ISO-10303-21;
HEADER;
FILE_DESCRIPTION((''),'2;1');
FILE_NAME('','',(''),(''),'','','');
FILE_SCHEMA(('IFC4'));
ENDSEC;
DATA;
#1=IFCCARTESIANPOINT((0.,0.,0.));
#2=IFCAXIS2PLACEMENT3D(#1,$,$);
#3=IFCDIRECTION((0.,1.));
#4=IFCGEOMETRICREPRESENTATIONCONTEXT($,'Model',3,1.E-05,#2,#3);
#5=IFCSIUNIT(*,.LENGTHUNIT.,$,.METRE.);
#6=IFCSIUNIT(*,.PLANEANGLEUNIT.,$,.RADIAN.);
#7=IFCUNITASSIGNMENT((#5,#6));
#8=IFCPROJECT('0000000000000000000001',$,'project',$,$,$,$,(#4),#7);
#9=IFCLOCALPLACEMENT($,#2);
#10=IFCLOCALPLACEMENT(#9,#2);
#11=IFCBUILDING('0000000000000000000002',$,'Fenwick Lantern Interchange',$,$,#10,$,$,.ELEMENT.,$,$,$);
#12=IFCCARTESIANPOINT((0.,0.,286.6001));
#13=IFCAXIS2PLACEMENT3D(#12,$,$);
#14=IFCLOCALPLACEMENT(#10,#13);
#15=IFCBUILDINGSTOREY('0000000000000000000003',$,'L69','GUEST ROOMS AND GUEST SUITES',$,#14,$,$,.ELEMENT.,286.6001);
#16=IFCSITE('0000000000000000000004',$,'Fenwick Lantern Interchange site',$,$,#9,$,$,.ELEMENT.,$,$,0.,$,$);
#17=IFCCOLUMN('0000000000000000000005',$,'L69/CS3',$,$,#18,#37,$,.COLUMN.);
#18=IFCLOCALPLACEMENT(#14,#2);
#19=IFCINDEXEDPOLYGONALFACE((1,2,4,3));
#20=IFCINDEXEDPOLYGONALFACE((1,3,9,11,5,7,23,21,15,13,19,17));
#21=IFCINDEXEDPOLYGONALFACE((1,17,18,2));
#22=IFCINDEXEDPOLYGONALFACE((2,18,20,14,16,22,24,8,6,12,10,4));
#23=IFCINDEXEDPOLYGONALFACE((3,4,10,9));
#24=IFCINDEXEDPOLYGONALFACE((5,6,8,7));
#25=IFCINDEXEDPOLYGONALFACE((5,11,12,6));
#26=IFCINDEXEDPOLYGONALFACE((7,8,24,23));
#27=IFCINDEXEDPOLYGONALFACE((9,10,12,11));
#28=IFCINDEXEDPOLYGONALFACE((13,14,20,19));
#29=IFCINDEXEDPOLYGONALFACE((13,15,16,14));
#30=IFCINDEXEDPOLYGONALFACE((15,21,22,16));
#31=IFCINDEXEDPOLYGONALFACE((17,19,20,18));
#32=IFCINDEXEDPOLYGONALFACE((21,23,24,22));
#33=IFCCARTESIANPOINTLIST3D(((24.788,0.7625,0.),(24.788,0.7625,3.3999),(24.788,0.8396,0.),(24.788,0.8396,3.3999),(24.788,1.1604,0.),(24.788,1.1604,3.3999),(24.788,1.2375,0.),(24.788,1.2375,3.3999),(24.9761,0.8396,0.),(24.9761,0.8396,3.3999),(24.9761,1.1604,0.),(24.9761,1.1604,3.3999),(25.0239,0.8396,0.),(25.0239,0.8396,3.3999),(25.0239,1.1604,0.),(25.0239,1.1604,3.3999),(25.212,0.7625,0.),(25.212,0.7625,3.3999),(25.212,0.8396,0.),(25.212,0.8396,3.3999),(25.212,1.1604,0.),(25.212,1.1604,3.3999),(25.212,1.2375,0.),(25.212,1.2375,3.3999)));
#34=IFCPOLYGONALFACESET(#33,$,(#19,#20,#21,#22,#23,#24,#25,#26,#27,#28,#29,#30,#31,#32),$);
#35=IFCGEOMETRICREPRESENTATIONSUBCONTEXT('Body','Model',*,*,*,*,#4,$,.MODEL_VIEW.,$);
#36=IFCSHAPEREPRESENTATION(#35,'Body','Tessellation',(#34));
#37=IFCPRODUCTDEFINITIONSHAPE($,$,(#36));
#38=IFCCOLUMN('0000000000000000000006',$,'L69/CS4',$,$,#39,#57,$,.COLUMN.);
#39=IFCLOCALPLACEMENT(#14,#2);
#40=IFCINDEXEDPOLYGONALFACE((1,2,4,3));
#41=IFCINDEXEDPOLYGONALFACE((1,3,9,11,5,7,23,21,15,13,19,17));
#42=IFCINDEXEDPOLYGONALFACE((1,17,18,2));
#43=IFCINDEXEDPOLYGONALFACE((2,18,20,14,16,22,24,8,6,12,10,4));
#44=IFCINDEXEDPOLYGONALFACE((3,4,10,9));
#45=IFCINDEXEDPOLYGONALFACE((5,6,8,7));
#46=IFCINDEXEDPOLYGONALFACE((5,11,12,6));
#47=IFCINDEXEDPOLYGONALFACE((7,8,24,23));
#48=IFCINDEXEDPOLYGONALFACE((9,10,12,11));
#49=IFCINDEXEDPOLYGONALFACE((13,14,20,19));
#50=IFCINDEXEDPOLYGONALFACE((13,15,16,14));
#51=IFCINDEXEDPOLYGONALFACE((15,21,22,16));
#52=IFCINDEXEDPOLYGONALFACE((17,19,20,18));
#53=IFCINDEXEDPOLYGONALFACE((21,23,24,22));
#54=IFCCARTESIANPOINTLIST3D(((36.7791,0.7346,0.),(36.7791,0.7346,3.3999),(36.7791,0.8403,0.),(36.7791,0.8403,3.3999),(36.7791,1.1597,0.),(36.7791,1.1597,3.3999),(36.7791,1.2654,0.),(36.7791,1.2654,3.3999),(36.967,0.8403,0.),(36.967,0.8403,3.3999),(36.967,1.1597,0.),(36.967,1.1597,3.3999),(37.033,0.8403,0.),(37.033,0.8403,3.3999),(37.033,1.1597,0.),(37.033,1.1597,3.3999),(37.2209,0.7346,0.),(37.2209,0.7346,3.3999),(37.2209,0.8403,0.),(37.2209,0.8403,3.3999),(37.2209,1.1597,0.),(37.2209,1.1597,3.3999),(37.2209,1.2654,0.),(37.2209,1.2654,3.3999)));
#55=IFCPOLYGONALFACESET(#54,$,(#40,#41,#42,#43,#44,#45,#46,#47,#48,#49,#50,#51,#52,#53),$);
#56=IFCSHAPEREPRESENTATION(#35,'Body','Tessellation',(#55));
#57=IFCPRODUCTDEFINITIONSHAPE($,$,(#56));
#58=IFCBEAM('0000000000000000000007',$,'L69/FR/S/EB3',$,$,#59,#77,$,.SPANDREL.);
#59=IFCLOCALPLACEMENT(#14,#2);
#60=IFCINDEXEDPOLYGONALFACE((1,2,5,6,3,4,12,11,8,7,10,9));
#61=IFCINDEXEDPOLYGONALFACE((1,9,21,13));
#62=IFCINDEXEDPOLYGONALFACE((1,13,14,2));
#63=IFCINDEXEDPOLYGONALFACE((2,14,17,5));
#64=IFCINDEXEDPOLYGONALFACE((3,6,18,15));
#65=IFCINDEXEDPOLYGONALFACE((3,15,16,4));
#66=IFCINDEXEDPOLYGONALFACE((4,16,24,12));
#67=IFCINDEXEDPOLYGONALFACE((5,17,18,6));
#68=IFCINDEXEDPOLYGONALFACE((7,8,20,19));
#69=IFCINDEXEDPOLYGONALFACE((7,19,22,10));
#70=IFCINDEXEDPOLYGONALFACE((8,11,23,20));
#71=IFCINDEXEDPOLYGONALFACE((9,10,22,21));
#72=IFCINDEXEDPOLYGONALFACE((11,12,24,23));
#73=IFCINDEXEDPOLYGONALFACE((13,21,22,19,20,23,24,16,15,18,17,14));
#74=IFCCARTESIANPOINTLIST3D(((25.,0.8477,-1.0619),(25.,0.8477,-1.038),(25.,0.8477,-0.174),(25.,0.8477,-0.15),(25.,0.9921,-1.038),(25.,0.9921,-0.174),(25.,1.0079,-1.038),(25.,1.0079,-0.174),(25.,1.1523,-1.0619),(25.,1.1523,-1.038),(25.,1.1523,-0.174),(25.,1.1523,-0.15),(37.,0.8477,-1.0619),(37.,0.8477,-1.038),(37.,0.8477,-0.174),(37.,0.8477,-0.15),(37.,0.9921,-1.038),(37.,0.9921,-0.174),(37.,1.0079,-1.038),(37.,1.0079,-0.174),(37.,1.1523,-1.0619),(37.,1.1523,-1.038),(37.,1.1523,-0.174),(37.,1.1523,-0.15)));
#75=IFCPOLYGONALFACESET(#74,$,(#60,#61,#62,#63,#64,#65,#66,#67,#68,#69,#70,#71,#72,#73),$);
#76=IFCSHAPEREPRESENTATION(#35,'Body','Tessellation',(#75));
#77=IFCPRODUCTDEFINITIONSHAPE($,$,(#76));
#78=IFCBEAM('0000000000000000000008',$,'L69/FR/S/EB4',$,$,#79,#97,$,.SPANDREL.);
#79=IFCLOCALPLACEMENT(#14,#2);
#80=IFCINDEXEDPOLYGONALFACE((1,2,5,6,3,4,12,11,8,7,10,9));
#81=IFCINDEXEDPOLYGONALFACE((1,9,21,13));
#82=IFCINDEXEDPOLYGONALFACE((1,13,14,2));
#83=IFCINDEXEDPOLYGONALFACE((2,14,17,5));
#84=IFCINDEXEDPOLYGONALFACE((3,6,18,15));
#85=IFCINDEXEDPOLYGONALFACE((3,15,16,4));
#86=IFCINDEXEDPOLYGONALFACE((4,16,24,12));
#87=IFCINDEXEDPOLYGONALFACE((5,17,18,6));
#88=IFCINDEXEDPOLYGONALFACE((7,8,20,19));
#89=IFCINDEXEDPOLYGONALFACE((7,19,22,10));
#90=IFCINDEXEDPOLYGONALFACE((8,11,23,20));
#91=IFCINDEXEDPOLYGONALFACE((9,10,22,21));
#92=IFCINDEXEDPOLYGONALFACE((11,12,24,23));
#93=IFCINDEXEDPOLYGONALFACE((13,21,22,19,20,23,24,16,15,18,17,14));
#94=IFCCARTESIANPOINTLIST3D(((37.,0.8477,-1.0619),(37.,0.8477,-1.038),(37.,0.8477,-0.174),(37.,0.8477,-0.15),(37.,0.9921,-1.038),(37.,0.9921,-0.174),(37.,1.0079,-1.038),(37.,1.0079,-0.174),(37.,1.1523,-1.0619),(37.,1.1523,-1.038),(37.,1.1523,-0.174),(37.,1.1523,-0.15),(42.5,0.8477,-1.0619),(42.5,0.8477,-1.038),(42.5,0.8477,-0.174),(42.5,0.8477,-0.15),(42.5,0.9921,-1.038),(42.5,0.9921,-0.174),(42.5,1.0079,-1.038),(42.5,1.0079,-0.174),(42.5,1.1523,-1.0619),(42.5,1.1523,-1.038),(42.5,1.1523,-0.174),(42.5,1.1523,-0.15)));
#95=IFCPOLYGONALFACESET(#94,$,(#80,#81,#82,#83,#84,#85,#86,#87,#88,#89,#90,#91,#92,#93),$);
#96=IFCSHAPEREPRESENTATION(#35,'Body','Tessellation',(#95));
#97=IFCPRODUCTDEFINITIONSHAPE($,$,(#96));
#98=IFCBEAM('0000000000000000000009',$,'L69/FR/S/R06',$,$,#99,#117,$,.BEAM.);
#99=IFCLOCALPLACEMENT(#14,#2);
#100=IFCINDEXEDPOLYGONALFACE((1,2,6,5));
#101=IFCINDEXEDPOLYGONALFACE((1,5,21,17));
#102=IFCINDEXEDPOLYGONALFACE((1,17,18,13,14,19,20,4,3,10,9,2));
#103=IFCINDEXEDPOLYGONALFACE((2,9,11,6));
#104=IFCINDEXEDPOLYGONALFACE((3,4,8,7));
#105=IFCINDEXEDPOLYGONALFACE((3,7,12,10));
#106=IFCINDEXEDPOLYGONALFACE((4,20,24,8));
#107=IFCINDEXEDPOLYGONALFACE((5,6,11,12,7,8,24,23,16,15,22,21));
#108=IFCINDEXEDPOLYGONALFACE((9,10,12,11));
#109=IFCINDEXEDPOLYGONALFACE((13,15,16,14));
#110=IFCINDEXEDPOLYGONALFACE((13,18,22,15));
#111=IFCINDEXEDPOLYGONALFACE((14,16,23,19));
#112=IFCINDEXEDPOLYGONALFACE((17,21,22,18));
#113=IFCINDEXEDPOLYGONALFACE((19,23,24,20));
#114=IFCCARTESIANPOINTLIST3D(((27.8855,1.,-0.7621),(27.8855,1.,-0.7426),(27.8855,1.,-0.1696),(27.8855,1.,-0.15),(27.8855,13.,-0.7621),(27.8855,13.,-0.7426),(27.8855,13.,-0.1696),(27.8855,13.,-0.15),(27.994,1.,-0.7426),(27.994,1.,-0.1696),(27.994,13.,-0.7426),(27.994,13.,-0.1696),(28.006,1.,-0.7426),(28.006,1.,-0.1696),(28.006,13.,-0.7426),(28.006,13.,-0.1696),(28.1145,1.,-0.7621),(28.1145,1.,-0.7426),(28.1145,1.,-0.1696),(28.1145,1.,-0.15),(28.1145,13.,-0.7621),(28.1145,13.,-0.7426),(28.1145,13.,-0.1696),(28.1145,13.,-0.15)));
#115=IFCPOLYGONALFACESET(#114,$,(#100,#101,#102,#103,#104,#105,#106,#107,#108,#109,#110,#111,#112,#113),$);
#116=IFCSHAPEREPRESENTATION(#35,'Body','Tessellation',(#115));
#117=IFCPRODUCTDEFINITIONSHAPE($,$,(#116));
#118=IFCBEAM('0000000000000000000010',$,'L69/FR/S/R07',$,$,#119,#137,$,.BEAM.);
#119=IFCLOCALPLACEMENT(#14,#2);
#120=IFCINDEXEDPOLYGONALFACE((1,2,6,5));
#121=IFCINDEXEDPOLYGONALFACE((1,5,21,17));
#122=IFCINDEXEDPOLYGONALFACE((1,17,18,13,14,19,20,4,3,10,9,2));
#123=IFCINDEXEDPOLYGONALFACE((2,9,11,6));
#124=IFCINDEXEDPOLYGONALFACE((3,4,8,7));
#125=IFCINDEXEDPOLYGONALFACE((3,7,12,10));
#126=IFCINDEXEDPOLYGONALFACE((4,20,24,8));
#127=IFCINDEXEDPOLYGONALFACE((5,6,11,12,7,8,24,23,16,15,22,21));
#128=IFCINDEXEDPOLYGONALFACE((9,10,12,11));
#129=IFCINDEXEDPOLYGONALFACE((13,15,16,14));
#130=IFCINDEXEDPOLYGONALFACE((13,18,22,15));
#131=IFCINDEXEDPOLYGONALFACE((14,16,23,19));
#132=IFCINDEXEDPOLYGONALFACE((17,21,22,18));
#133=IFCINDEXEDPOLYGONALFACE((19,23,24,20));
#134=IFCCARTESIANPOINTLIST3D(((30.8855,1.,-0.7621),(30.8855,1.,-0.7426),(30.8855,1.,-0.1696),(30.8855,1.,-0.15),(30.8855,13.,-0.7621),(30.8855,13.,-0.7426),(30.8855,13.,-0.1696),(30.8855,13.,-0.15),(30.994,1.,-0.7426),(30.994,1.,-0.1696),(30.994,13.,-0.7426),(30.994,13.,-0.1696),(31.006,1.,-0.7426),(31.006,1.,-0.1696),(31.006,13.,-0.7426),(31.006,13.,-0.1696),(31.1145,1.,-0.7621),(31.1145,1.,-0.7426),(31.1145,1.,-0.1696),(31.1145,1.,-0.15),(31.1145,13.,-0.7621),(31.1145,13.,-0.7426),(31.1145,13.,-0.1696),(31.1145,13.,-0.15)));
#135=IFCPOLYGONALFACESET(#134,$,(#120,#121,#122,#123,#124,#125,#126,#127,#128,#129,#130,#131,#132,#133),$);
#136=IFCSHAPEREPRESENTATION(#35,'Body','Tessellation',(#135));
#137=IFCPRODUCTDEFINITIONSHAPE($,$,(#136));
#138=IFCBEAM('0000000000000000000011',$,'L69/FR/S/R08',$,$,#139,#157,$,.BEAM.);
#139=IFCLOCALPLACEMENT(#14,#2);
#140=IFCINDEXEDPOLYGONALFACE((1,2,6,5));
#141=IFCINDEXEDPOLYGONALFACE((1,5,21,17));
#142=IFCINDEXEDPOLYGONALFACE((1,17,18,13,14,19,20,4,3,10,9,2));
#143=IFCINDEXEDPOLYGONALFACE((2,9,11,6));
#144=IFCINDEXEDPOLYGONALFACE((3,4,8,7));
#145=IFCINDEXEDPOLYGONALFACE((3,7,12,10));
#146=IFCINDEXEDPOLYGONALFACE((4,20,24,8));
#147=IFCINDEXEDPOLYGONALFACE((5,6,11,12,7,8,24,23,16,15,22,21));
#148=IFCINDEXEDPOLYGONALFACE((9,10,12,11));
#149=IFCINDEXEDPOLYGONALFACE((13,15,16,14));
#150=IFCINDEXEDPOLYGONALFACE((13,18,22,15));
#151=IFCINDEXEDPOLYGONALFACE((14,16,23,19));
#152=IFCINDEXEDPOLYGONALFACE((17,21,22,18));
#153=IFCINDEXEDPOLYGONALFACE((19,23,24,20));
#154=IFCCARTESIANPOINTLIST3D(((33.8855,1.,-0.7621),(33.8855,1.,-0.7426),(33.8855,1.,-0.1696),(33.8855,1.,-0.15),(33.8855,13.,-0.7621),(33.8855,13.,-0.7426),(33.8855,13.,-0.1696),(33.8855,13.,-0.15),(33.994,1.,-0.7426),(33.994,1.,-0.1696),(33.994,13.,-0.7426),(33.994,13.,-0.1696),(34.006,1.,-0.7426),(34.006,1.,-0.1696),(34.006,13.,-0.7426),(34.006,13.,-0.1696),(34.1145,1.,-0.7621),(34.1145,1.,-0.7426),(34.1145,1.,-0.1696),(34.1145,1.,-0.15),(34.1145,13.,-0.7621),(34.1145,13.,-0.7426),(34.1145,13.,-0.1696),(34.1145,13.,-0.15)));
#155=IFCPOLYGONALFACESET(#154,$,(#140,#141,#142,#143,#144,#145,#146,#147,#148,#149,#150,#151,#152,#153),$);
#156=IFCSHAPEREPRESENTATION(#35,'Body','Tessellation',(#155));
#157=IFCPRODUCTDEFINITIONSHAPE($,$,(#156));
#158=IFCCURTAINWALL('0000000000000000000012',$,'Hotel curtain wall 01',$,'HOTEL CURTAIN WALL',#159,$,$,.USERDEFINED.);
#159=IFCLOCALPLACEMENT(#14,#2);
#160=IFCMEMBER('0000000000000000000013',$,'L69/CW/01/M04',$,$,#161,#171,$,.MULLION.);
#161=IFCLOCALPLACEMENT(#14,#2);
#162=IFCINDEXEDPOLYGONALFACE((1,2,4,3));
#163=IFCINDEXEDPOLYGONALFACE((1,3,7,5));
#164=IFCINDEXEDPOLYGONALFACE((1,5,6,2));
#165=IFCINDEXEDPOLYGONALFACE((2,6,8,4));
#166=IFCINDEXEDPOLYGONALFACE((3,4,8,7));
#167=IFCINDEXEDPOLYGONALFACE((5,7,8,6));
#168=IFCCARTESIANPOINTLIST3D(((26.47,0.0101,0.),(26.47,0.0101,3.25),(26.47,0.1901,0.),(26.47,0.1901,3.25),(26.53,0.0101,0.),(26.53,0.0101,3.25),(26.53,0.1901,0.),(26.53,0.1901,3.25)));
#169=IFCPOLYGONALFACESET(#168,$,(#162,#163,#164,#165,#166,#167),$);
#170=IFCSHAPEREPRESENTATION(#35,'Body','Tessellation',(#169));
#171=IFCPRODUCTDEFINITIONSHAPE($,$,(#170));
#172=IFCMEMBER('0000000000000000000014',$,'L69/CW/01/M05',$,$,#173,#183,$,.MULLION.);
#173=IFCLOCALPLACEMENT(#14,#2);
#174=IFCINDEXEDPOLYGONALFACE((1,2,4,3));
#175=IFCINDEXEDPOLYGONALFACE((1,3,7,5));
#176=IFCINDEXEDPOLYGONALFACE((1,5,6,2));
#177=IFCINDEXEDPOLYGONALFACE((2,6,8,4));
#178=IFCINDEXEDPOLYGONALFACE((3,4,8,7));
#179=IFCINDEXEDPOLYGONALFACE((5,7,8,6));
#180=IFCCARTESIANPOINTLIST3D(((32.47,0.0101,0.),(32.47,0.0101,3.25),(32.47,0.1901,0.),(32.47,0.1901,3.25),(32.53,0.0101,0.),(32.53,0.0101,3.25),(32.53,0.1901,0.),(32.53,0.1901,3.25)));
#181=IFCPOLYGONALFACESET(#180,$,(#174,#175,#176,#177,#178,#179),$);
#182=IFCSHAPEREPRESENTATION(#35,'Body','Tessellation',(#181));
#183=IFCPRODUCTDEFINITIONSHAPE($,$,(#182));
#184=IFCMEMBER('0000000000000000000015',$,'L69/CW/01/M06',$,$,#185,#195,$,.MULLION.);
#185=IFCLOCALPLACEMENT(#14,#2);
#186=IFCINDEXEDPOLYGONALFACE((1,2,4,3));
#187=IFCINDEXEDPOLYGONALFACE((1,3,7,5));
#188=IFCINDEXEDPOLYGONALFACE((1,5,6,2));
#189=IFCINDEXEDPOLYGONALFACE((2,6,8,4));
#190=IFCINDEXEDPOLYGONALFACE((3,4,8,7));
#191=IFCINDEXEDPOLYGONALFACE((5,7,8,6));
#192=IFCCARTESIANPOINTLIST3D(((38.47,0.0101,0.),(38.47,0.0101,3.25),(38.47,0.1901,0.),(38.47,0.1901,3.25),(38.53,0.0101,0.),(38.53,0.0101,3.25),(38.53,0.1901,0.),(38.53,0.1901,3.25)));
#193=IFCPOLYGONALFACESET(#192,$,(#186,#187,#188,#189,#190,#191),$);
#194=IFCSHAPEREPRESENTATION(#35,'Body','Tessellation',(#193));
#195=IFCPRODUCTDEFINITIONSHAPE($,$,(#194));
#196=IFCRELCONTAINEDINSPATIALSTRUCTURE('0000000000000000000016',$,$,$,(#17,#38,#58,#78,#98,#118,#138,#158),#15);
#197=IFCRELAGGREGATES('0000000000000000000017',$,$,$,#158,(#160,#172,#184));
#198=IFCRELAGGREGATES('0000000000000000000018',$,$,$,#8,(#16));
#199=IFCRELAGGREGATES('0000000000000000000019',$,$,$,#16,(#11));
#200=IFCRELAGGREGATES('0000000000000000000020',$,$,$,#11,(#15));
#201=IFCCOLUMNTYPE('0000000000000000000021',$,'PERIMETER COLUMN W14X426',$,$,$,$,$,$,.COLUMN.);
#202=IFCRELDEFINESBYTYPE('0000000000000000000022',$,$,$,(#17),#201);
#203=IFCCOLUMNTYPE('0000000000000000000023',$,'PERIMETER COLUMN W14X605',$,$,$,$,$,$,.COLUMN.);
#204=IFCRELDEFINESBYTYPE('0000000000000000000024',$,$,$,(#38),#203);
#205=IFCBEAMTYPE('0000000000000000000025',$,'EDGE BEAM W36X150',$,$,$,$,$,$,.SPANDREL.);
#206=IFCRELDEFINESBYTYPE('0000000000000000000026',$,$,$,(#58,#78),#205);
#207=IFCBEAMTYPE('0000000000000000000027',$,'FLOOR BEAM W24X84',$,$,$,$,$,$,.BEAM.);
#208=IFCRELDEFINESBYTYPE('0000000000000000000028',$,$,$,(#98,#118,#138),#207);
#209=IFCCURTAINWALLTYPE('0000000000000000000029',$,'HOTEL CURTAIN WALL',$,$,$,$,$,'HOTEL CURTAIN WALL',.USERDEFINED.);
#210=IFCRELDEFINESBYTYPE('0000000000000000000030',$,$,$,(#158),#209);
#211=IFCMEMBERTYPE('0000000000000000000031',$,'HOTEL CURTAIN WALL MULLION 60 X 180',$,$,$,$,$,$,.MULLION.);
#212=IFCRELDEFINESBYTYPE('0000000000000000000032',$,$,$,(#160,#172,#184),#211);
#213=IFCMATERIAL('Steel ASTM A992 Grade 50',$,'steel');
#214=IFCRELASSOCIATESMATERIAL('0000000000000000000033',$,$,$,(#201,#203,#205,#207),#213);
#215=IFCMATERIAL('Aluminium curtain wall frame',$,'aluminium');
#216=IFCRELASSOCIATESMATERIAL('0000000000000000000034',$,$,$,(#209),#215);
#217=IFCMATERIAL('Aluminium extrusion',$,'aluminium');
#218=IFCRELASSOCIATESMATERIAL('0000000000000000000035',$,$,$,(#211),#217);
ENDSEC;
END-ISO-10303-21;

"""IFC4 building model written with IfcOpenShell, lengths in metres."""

from ifc_helpers import new_model, si_unit, direction, frame, origin, origin_2d, place, context, subcontext, project, spatial, rectangle, i_section, extrude, material, material_profile, profile_set, type_object, element, aggregate, save


model = new_model("IFC4")

# Units and contexts
model_context = context("Model", 3, precision=1e-05, world=origin(), true_north=direction((0.0, 1.0)))
body_context = subcontext(model_context, "Body", "Model", "MODEL_VIEW")
ifc_project = project(units=[si_unit("LENGTHUNIT", "METRE"), si_unit("PLANEANGLEUNIT", "RADIAN")], contexts=[model_context])

# Site, building, storey
site_placement = place(None, origin())
site = spatial("IfcSite", under=ifc_project, at=site_placement, Name="Fenwick Lantern Interchange site", CompositionType="ELEMENT", RefElevation=0.0)
building_placement = place(site_placement, origin())
building = spatial("IfcBuilding", under=site, at=building_placement, Name="Fenwick Lantern Interchange", CompositionType="ELEMENT")
storey_placement = place(building_placement, frame((0.0, 0.0, 286.6001)))
storey = spatial("IfcBuildingStorey", under=building, at=storey_placement, Name="L69", Description="GUEST ROOMS AND GUEST SUITES", CompositionType="ELEMENT", Elevation=286.6001)

# Columns
ifc_material_1 = material(Name="Steel ASTM A992 Grade 50", Category="steel")
ifc_material_profile_1 = material_profile(ifc_material_1, i_section(OverallWidth=0.4241, OverallDepth=0.4751, WebThickness=0.0479, FlangeThickness=0.0771, at=origin_2d()), Name="W14X426")
ifc_profile_set_1 = profile_set([ifc_material_profile_1], Name="Steel ASTM A992 Grade 50")
column_type_1 = type_object("IfcColumnType", Name="PERIMETER COLUMN W14X426", PredefinedType="COLUMN", material=ifc_profile_set_1)
column_1_placement = place(storey_placement, frame((25.0, 1.0, 0.0), z_axis=(0.0, 0.0, 1.0), x_axis=(1.0, 0.0, 0.0)))
element("IfcColumn", 1, at=column_1_placement, inside=storey, type_object=column_type_1, Name="L69/CS3", PredefinedType="COLUMN", context=body_context, shape_type="SweptSolid", body=[
    extrude(i_section(OverallWidth=0.4241, OverallDepth=0.4751, WebThickness=0.0479, FlangeThickness=0.0771, at=origin_2d()), origin(), (0.0, 0.0, 1.0), 3.3999),
])
ifc_material_profile_2 = material_profile(ifc_material_1, i_section(OverallWidth=0.4419, OverallDepth=0.5308, WebThickness=0.0659, FlangeThickness=0.1057, at=origin_2d()), Name="W14X605")
ifc_profile_set_2 = profile_set([ifc_material_profile_2], Name="Steel ASTM A992 Grade 50")
column_type_2 = type_object("IfcColumnType", Name="PERIMETER COLUMN W14X605", PredefinedType="COLUMN", material=ifc_profile_set_2)
column_2_placement = place(storey_placement, frame((37.0, 1.0, 0.0), z_axis=(0.0, 0.0, 1.0), x_axis=(1.0, 0.0, 0.0)))
element("IfcColumn", 2, at=column_2_placement, inside=storey, type_object=column_type_2, Name="L69/CS4", PredefinedType="COLUMN", context=body_context, shape_type="SweptSolid", body=[
    extrude(i_section(OverallWidth=0.4419, OverallDepth=0.5308, WebThickness=0.0659, FlangeThickness=0.1057, at=origin_2d()), origin(), (0.0, 0.0, 1.0), 3.3999),
])

# Beams
ifc_material_profile_3 = material_profile(ifc_material_1, i_section(OverallWidth=0.3047, OverallDepth=0.9119, WebThickness=0.0159, FlangeThickness=0.0239, at=origin_2d()), Name="W36X150")
ifc_profile_set_3 = profile_set([ifc_material_profile_3], Name="Steel ASTM A992 Grade 50")
beam_type_1 = type_object("IfcBeamType", Name="EDGE BEAM W36X150", PredefinedType="SPANDREL", material=ifc_profile_set_3)
beam_1_placement = place(storey_placement, frame((25.0, 1.0, -0.606), z_axis=(1.0, 0.0, 0.0), x_axis=(0.0, 1.0, 0.0)))
element("IfcBeam", 3, at=beam_1_placement, inside=storey, type_object=beam_type_1, Name="L69/FR/S/EB3", PredefinedType="SPANDREL", context=body_context, shape_type="SweptSolid", body=[
    extrude(i_section(OverallWidth=0.3047, OverallDepth=0.9119, WebThickness=0.0159, FlangeThickness=0.0239, at=origin_2d()), origin(), (0.0, 0.0, 1.0), 12.0),
])
beam_2_placement = place(storey_placement, frame((37.0, 1.0, -0.606), z_axis=(1.0, 0.0, 0.0), x_axis=(0.0, 1.0, 0.0)))
element("IfcBeam", 4, at=beam_2_placement, inside=storey, type_object=beam_type_1, Name="L69/FR/S/EB4", PredefinedType="SPANDREL", context=body_context, shape_type="SweptSolid", body=[
    extrude(i_section(OverallWidth=0.3047, OverallDepth=0.9119, WebThickness=0.0159, FlangeThickness=0.0239, at=origin_2d()), origin(), (0.0, 0.0, 1.0), 5.5),
])
ifc_material_profile_4 = material_profile(ifc_material_1, i_section(OverallWidth=0.229, OverallDepth=0.6121, WebThickness=0.012, FlangeThickness=0.0195, at=origin_2d()), Name="W24X84")
ifc_profile_set_4 = profile_set([ifc_material_profile_4], Name="Steel ASTM A992 Grade 50")
beam_type_2 = type_object("IfcBeamType", Name="FLOOR BEAM W24X84", PredefinedType="BEAM", material=ifc_profile_set_4)
for number, where, z_axis, x_axis, name in (
    (5, (28.0, 1.0, -0.4561), (0.0, 1.0, 0.0), (-1.0, 0.0, 0.0), "L69/FR/S/R06"),
    (6, (31.0, 1.0, -0.4561), (0.0, 1.0, 0.0), (-1.0, 0.0, 0.0), "L69/FR/S/R07"),
    (7, (34.0, 1.0, -0.4561), (0.0, 1.0, 0.0), (-1.0, 0.0, 0.0), "L69/FR/S/R08"),
):
    element("IfcBeam", number, at=place(storey_placement, frame(where, z_axis=z_axis, x_axis=x_axis)), inside=storey, type_object=beam_type_2, Name=name, PredefinedType="BEAM", context=body_context, shape_type="SweptSolid", body=[
        extrude(i_section(OverallWidth=0.229, OverallDepth=0.6121, WebThickness=0.012, FlangeThickness=0.0195, at=origin_2d()), origin(), (0.0, 0.0, 1.0), 12.0),
    ])

# Curtain wall, members
ifc_material_2 = material(Name="Aluminium curtain wall frame", Category="aluminium")
curtain_wall_type = type_object("IfcCurtainWallType", Name="HOTEL CURTAIN WALL", ElementType="HOTEL CURTAIN WALL", PredefinedType="USERDEFINED", material=ifc_material_2)
curtain_wall_placement = place(storey_placement, origin())
curtain_wall = element("IfcCurtainWall", 8, at=curtain_wall_placement, inside=storey, type_object=curtain_wall_type, Name="Hotel curtain wall 01", ObjectType="HOTEL CURTAIN WALL", PredefinedType="USERDEFINED")
ifc_material_3 = material(Name="Aluminium extrusion", Category="aluminium")
ifc_material_profile_5 = material_profile(ifc_material_3, rectangle(XDim=0.1799, YDim=0.0601, at=origin_2d()), Name="HOTEL CURTAIN WALL MULLION 60 X 180")
ifc_profile_set_5 = profile_set([ifc_material_profile_5], Name="Aluminium extrusion")
member_type_1 = type_object("IfcMemberType", Name="HOTEL CURTAIN WALL MULLION 60 X 180", PredefinedType="MULLION", material=ifc_profile_set_5)
member_1_placement = place(storey_placement, frame((26.5, 0.1001, 0.0), z_axis=(0.0, 0.0, 1.0), x_axis=(0.0, 1.0, 0.0)))
member_1 = element("IfcMember", 9, at=member_1_placement, type_object=member_type_1, Name="L69/CW/01/M04", PredefinedType="MULLION", context=body_context, shape_type="SweptSolid", body=[
    extrude(rectangle(XDim=0.1799, YDim=0.0601, at=origin_2d()), origin(), (0.0, 0.0, 1.0), 3.25),
])
member_2_placement = place(storey_placement, frame((32.5, 0.1001, 0.0), z_axis=(0.0, 0.0, 1.0), x_axis=(0.0, 1.0, 0.0)))
member_2 = element("IfcMember", 10, at=member_2_placement, type_object=member_type_1, Name="L69/CW/01/M05", PredefinedType="MULLION", context=body_context, shape_type="SweptSolid", body=[
    extrude(rectangle(XDim=0.1799, YDim=0.0601, at=origin_2d()), origin(), (0.0, 0.0, 1.0), 3.25),
])
member_3_placement = place(storey_placement, frame((38.5, 0.1001, 0.0), z_axis=(0.0, 0.0, 1.0), x_axis=(0.0, 1.0, 0.0)))
member_3 = element("IfcMember", 11, at=member_3_placement, type_object=member_type_1, Name="L69/CW/01/M06", PredefinedType="MULLION", context=body_context, shape_type="SweptSolid", body=[
    extrude(rectangle(XDim=0.1799, YDim=0.0601, at=origin_2d()), origin(), (0.0, 0.0, 1.0), 3.25),
])
aggregate(curtain_wall, [member_1, member_2, member_3])

save(model, "model.ifc")
